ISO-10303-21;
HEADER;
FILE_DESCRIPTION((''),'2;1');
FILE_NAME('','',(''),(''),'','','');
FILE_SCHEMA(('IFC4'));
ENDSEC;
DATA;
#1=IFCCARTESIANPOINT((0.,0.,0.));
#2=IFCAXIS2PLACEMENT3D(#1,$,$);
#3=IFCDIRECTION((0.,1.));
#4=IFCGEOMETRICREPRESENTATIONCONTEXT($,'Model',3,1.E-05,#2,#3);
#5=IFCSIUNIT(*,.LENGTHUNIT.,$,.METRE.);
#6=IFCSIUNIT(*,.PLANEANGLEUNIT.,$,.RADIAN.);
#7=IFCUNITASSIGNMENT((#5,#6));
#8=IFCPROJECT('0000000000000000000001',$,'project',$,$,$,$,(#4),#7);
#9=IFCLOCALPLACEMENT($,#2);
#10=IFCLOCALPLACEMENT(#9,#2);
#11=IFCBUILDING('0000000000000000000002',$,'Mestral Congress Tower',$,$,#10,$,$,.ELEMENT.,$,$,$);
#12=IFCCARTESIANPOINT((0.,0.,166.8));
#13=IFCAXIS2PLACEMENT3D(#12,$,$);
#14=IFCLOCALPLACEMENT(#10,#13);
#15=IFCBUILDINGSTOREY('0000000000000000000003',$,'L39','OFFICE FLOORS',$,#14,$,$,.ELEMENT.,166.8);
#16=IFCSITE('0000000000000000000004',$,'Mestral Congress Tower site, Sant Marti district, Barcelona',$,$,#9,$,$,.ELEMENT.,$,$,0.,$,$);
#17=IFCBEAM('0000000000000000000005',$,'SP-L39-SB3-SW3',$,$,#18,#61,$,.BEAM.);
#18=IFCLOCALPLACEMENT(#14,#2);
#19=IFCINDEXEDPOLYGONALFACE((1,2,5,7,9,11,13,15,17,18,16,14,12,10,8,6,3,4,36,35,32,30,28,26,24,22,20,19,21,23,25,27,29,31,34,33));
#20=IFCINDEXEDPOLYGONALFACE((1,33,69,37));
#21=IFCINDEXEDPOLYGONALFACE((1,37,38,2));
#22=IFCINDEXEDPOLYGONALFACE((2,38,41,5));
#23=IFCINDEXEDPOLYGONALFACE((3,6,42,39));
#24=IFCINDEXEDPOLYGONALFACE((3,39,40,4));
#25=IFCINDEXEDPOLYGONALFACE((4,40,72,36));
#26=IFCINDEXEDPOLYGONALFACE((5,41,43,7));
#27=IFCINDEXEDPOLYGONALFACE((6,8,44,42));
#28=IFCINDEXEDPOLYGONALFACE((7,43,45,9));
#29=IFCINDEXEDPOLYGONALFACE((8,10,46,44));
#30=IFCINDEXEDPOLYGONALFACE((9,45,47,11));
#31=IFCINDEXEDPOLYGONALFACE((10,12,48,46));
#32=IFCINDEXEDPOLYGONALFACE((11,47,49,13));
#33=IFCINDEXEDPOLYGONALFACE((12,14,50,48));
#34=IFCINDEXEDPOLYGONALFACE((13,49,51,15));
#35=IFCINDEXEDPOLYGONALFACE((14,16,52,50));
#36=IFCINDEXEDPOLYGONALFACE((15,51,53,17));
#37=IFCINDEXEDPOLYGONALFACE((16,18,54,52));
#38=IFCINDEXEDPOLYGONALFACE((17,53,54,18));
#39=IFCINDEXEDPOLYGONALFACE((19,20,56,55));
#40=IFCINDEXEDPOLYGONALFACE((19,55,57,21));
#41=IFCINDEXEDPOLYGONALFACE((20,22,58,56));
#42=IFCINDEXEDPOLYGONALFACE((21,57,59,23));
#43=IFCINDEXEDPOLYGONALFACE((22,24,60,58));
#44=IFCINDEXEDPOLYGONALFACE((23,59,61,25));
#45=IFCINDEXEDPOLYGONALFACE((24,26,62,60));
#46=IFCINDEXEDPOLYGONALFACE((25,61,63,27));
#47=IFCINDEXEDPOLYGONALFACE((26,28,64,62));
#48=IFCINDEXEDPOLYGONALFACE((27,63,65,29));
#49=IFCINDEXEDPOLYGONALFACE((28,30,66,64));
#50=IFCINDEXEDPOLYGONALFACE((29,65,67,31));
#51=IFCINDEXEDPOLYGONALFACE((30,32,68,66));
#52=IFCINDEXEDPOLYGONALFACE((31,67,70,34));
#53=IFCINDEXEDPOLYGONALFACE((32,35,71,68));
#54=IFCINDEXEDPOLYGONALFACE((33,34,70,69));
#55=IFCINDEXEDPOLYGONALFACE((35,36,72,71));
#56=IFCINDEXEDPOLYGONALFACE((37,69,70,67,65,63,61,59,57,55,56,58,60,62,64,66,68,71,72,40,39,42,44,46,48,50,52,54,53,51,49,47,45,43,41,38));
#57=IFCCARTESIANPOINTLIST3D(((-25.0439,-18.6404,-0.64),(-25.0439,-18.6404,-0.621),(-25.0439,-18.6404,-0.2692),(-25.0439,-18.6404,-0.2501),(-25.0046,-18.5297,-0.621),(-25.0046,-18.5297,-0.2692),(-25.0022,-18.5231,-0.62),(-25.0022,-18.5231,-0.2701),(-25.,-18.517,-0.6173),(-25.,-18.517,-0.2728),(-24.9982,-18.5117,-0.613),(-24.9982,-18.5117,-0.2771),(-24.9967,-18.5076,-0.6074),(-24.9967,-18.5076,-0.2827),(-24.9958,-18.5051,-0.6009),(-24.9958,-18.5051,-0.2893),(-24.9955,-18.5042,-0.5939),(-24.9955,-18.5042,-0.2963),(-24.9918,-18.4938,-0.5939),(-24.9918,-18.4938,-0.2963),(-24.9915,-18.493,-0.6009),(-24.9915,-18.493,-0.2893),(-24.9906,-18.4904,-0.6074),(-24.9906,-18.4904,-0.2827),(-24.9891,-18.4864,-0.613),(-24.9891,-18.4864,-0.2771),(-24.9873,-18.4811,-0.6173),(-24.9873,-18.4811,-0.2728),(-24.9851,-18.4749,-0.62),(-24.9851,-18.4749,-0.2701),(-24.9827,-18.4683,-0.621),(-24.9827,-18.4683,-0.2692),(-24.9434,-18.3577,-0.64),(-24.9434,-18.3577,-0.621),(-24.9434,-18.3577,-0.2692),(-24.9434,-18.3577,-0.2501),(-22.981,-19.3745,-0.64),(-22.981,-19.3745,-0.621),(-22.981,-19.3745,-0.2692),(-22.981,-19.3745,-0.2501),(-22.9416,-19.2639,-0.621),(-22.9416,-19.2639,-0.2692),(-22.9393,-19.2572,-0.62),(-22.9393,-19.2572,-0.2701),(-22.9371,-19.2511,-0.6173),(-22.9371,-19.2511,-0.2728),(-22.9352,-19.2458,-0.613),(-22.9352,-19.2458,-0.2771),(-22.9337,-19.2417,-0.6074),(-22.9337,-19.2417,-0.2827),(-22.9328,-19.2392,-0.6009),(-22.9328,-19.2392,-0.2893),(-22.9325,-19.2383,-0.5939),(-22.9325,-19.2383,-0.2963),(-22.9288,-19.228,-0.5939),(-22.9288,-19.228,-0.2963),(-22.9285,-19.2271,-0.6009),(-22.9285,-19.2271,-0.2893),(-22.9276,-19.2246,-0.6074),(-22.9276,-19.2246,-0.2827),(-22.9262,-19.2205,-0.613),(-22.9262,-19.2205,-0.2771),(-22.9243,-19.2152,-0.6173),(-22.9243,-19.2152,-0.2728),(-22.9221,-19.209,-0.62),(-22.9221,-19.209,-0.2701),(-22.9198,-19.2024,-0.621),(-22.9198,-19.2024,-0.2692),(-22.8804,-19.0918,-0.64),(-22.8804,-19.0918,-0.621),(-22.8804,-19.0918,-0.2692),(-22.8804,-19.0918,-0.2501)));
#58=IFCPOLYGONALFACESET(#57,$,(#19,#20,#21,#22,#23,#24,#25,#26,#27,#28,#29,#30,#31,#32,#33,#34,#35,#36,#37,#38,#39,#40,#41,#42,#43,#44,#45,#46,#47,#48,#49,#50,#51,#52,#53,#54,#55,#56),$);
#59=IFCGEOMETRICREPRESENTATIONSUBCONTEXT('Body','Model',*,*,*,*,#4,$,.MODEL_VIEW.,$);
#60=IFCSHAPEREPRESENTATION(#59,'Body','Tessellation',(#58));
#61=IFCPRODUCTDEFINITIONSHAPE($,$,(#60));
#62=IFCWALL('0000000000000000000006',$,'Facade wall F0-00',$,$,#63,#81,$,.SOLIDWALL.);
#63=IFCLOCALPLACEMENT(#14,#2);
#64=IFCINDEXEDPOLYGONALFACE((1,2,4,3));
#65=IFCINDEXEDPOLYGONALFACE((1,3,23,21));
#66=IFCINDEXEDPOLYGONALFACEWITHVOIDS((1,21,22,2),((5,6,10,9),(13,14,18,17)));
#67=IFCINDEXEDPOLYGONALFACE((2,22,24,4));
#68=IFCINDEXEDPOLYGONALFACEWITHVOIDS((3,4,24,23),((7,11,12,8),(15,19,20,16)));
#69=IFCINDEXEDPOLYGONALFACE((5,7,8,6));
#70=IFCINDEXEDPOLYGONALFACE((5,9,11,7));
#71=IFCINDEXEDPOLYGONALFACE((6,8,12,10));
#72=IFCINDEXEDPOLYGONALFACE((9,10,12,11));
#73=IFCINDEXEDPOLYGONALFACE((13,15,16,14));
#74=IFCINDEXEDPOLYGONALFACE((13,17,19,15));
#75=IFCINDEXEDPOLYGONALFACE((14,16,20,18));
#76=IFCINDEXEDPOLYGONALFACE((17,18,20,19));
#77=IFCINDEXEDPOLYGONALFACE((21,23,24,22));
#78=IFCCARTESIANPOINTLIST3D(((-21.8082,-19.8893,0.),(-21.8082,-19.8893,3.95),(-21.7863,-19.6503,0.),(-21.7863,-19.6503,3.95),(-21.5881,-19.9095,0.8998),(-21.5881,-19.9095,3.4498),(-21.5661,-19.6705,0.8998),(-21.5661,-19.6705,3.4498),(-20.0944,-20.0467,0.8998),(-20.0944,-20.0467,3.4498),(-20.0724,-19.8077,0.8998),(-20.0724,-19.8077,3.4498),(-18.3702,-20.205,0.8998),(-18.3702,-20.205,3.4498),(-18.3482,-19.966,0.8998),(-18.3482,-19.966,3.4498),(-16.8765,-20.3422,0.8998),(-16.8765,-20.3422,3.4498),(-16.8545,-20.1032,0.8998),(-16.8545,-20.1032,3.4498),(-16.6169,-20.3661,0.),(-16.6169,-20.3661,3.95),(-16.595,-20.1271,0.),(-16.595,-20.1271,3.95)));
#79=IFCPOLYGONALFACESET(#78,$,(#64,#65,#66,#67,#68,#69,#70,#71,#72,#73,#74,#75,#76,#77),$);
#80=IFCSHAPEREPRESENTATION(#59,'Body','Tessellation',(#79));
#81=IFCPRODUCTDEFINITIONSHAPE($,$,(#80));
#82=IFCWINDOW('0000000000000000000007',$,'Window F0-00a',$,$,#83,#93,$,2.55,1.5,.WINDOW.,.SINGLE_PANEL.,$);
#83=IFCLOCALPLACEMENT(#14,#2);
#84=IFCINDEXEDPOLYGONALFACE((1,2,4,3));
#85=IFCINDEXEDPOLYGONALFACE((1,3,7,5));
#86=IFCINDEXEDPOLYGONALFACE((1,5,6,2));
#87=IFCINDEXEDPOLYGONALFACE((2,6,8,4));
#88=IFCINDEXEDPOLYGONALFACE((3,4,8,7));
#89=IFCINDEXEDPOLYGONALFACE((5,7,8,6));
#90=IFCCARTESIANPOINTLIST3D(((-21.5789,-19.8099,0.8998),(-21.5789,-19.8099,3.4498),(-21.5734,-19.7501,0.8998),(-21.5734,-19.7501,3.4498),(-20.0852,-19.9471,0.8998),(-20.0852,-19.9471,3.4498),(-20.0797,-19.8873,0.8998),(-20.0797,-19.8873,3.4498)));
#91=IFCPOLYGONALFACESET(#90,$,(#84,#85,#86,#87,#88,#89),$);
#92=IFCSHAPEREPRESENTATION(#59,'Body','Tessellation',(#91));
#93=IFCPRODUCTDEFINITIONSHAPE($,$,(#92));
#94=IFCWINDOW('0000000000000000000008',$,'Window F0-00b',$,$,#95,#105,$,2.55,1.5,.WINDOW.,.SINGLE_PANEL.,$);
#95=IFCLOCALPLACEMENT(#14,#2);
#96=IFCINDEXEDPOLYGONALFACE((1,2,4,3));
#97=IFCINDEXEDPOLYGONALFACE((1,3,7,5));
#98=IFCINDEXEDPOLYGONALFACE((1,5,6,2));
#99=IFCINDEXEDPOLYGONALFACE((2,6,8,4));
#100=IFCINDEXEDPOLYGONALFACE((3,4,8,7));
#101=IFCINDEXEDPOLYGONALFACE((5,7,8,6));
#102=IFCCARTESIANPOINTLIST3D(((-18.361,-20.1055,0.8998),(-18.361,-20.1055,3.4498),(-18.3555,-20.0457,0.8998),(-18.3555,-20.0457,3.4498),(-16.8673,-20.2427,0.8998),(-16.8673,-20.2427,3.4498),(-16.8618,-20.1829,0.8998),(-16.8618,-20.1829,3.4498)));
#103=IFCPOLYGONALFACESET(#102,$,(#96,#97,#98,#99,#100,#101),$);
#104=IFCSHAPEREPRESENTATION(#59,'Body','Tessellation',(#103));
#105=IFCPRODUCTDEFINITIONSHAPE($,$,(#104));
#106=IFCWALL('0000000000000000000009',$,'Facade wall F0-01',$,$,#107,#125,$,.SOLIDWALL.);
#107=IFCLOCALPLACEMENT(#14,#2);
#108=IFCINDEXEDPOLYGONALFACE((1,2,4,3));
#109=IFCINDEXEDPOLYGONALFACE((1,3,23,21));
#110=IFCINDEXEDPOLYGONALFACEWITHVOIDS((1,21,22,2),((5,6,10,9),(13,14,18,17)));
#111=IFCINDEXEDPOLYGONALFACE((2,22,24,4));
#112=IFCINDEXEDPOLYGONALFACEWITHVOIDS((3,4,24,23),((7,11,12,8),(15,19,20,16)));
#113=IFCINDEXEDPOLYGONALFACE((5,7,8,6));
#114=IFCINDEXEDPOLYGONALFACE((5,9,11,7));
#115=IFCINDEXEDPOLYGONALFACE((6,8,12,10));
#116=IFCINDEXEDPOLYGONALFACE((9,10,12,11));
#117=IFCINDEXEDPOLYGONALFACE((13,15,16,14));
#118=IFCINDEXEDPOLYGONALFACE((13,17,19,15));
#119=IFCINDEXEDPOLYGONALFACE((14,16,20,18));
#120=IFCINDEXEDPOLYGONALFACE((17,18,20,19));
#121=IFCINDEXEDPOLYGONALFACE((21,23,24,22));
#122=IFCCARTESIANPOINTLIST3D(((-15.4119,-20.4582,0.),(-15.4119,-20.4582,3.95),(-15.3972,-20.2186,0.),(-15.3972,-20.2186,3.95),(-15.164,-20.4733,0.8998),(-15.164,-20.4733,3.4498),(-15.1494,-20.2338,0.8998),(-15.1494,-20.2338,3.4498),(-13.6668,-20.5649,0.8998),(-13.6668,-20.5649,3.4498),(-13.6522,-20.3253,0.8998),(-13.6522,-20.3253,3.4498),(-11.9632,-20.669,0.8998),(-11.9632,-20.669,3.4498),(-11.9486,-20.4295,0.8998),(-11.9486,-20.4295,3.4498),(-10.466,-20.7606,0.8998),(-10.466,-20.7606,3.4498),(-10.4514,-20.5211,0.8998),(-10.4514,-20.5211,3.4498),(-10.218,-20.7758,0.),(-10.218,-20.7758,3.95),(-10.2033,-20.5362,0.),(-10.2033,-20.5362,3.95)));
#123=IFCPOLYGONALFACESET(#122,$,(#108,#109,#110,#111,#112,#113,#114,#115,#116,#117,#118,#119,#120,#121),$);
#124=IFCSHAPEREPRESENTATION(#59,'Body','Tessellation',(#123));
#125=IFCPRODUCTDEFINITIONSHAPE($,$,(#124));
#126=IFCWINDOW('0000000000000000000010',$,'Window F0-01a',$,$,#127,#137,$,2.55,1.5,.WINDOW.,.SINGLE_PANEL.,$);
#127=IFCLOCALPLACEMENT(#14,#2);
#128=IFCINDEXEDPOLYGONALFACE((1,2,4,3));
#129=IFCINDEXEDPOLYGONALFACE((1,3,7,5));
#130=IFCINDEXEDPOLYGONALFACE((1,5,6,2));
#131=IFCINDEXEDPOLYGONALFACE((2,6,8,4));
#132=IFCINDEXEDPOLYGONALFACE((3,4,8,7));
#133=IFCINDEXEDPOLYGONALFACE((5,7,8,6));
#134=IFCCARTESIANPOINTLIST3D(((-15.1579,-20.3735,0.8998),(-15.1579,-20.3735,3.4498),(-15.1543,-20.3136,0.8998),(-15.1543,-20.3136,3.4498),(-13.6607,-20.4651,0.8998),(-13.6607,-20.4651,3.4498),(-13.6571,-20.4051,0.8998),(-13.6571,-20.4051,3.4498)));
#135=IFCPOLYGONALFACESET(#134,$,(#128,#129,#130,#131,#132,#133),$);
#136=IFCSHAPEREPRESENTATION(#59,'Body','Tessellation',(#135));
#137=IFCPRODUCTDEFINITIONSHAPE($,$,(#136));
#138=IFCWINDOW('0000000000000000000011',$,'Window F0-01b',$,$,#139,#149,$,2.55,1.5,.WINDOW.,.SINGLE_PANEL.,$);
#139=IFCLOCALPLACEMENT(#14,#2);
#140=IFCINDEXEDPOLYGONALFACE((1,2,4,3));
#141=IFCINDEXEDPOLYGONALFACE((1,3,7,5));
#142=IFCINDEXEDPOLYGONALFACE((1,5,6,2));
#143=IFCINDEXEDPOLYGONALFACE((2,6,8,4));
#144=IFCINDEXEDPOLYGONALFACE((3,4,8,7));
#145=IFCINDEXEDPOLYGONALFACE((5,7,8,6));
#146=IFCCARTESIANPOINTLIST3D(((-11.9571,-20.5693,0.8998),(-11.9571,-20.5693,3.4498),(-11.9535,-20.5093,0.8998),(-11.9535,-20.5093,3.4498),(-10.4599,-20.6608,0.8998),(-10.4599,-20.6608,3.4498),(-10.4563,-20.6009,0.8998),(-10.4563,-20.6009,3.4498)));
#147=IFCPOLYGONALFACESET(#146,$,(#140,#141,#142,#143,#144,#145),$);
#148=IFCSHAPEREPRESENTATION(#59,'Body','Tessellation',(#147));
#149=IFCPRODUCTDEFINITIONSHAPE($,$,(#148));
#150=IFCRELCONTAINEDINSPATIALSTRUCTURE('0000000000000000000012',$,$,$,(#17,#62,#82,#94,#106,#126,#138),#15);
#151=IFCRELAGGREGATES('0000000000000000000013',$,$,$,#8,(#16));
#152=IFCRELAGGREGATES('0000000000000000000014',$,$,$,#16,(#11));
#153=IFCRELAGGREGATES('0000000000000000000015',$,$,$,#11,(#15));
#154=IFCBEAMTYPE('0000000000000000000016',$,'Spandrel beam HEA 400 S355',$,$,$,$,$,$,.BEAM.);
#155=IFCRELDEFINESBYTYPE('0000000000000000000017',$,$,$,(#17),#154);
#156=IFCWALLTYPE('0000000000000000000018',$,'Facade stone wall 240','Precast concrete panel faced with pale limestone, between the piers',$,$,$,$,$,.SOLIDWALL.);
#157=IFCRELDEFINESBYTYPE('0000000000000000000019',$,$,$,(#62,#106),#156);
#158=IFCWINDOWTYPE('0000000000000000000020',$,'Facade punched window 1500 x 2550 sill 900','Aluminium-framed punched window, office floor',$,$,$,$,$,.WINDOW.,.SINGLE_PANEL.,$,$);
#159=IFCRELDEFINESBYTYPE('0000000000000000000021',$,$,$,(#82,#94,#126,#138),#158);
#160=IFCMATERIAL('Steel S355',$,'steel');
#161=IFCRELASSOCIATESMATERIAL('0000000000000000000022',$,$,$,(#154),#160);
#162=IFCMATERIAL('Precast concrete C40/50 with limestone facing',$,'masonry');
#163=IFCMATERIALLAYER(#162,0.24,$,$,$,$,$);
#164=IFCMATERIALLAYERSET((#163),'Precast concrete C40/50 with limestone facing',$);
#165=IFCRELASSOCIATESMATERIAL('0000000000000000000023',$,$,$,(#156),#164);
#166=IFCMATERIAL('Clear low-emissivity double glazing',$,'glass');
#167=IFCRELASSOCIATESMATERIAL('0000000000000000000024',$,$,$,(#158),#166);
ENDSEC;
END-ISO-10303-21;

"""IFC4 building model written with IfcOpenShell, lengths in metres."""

from ifc_helpers import new_model, si_unit, direction, frame, frame_2d, origin, origin_2d, place, context, subcontext, project, spatial, rectangle, i_section, extrude, material, layer, layer_set, material_profile, profile_set, type_object, element, fill, save


model = new_model("IFC4")

# Units and contexts
model_context = context("Model", 3, precision=1e-05, world=origin(), true_north=direction((0.0, 1.0)))
body_context = subcontext(model_context, "Body", "Model", "MODEL_VIEW")
ifc_project = project(units=[si_unit("LENGTHUNIT", "METRE"), si_unit("PLANEANGLEUNIT", "RADIAN")], contexts=[model_context])

# Site, building, storey
site_placement = place(None, origin())
site = spatial("IfcSite", under=ifc_project, at=site_placement, Name="Mestral Congress Tower site, Sant Marti district, Barcelona", CompositionType="ELEMENT", RefElevation=0.0)
building_placement = place(site_placement, origin())
building = spatial("IfcBuilding", under=site, at=building_placement, Name="Mestral Congress Tower", CompositionType="ELEMENT")
storey_placement = place(building_placement, frame((0.0, 0.0, 166.8)))
storey = spatial("IfcBuildingStorey", under=building, at=storey_placement, Name="L39", Description="OFFICE FLOORS", CompositionType="ELEMENT", Elevation=166.8)

# Beam
ifc_material_1 = material(Name="Steel S355", Category="steel")
ifc_material_profile_1 = material_profile(ifc_material_1, i_section(OverallWidth=0.3, OverallDepth=0.3899, WebThickness=0.011, FlangeThickness=0.019, FilletRadius=0.0271, at=origin_2d()), Name="HEA 400")
ifc_profile_set_1 = profile_set([ifc_material_profile_1], Name="Steel S355")
beam_type_1 = type_object("IfcBeamType", Name="Spandrel beam HEA 400 S355", PredefinedType="BEAM", material=ifc_profile_set_1)
beam_1_placement = place(storey_placement, frame((-24.9937, -18.499, -0.4451), z_axis=(0.942125, -0.335263, 0.0), x_axis=(0.335263, 0.942125, 0.0)))
element("IfcBeam", 1, at=beam_1_placement, inside=storey, type_object=beam_type_1, Name="SP-L39-SB3-SW3", PredefinedType="BEAM", context=body_context, shape_type="SweptSolid", body=[
    extrude(i_section(OverallWidth=0.3, OverallDepth=0.3899, WebThickness=0.011, FlangeThickness=0.019, FilletRadius=0.0271, at=origin_2d()), origin(), (0.0, 0.0, 1.0), 2.1897),
])

# Walls, openings, windows
ifc_material_2 = material(Name="Precast concrete C40/50 with limestone facing", Category="masonry")
ifc_layer_1 = layer(ifc_material_2, 0.24)
ifc_layer_set_1 = layer_set([ifc_layer_1], Name="Precast concrete C40/50 with limestone facing")
wall_type_1 = type_object("IfcWallType", Name="Facade stone wall 240", Description="Precast concrete panel faced with pale limestone, between the piers", PredefinedType="SOLIDWALL", material=ifc_layer_set_1)
wall_1_placement = place(storey_placement, frame((-21.7971, -19.7698, 0.0), z_axis=(0.0, 0.0, 1.0), x_axis=(0.995809, -0.09146, 0.0)))
wall_1 = element("IfcWall", 2, at=wall_1_placement, inside=storey, type_object=wall_type_1, Name="Facade wall F0-00", PredefinedType="SOLIDWALL", context=body_context, shape_type="SweptSolid", body=[
    extrude(rectangle(XDim=5.2131, YDim=0.24, at=frame_2d((2.6064, 0.0))), origin(), (0.0, 0.0, 1.0), 3.95),
])
opening_1_placement = place(wall_1_placement, frame((0.2209, 0.0, 0.8999)))
opening_1 = element("IfcOpeningElement", 3, at=opening_1_placement, cuts=wall_1, PredefinedType="OPENING", context=body_context, shape_type="SweptSolid", body=[
    extrude(rectangle(XDim=1.5, YDim=2.55, at=frame_2d((0.75, 1.2749))), frame((0.0, 0.1299, 0.0), z_axis=(0.0, -1.0, 0.0), x_axis=(1.0, 0.0, 0.0)), (0.0, 0.0, 1.0), 0.26),
])
opening_2_placement = place(wall_1_placement, frame((3.4524, 0.0, 0.8999)))
opening_2 = element("IfcOpeningElement", 4, at=opening_2_placement, cuts=wall_1, PredefinedType="OPENING", context=body_context, shape_type="SweptSolid", body=[
    extrude(rectangle(XDim=1.5, YDim=2.55, at=frame_2d((0.75, 1.2749))), frame((0.0, 0.1299, 0.0), z_axis=(0.0, -1.0, 0.0), x_axis=(1.0, 0.0, 0.0)), (0.0, 0.0, 1.0), 0.26),
])
ifc_material_3 = material(Name="Clear low-emissivity double glazing", Category="glass")
window_type_1 = type_object("IfcWindowType", Name="Facade punched window 1500 x 2550 sill 900", Description="Aluminium-framed punched window, office floor", PartitioningType="SINGLE_PANEL", PredefinedType="WINDOW", material=ifc_material_3)
window_1_placement = place(opening_1_placement, origin())
window_1 = element("IfcWindow", 5, at=window_1_placement, inside=storey, type_object=window_type_1, Name="Window F0-00a", OverallHeight=2.55, OverallWidth=1.5, PartitioningType="SINGLE_PANEL", PredefinedType="WINDOW", context=body_context, shape_type="SweptSolid", body=[
    extrude(rectangle(XDim=1.5, YDim=2.55, at=frame_2d((0.75, 1.2749))), frame((0.0, 0.04, 0.0), z_axis=(0.0, -1.0, 0.0), x_axis=(1.0, 0.0, 0.0)), (0.0, 0.0, 1.0), 0.0601),
])
fill(opening_1, window_1)
window_2_placement = place(opening_2_placement, origin())
window_2 = element("IfcWindow", 6, at=window_2_placement, inside=storey, type_object=window_type_1, Name="Window F0-00b", OverallHeight=2.55, OverallWidth=1.5, PartitioningType="SINGLE_PANEL", PredefinedType="WINDOW", context=body_context, shape_type="SweptSolid", body=[
    extrude(rectangle(XDim=1.5, YDim=2.55, at=frame_2d((0.75, 1.2749))), frame((0.0, 0.04, 0.0), z_axis=(0.0, -1.0, 0.0), x_axis=(1.0, 0.0, 0.0)), (0.0, 0.0, 1.0), 0.0601),
])
fill(opening_2, window_2)
wall_2_placement = place(storey_placement, frame((-15.4045, -20.3384, 0.0), z_axis=(0.0, 0.0, 1.0), x_axis=(0.998135, -0.06104, 0.0)))
wall_2 = element("IfcWall", 7, at=wall_2_placement, inside=storey, type_object=wall_type_1, Name="Facade wall F0-01", PredefinedType="SOLIDWALL", context=body_context, shape_type="SweptSolid", body=[
    extrude(rectangle(XDim=5.2036, YDim=0.24, at=frame_2d((2.6018, 0.0))), origin(), (0.0, 0.0, 1.0), 3.95),
])
opening_3_placement = place(wall_2_placement, frame((0.2483, 0.0, 0.8999)))
opening_3 = element("IfcOpeningElement", 8, at=opening_3_placement, cuts=wall_2, PredefinedType="OPENING", context=body_context, shape_type="SweptSolid", body=[
    extrude(rectangle(XDim=1.5, YDim=2.55, at=frame_2d((0.75, 1.2749))), frame((0.0, 0.1299, 0.0), z_axis=(0.0, -1.0, 0.0), x_axis=(1.0, 0.0, 0.0)), (0.0, 0.0, 1.0), 0.26),
])
opening_4_placement = place(wall_2_placement, frame((3.4551, 0.0, 0.8999)))
opening_4 = element("IfcOpeningElement", 9, at=opening_4_placement, cuts=wall_2, PredefinedType="OPENING", context=body_context, shape_type="SweptSolid", body=[
    extrude(rectangle(XDim=1.5, YDim=2.55, at=frame_2d((0.75, 1.2749))), frame((0.0, 0.1299, 0.0), z_axis=(0.0, -1.0, 0.0), x_axis=(1.0, 0.0, 0.0)), (0.0, 0.0, 1.0), 0.26),
])
window_3_placement = place(opening_3_placement, origin())
window_3 = element("IfcWindow", 10, at=window_3_placement, inside=storey, type_object=window_type_1, Name="Window F0-01a", OverallHeight=2.55, OverallWidth=1.5, PartitioningType="SINGLE_PANEL", PredefinedType="WINDOW", context=body_context, shape_type="SweptSolid", body=[
    extrude(rectangle(XDim=1.5, YDim=2.55, at=frame_2d((0.75, 1.2749))), frame((0.0, 0.04, 0.0), z_axis=(0.0, -1.0, 0.0), x_axis=(1.0, 0.0, 0.0)), (0.0, 0.0, 1.0), 0.0601),
])
fill(opening_3, window_3)
window_4_placement = place(opening_4_placement, origin())
window_4 = element("IfcWindow", 11, at=window_4_placement, inside=storey, type_object=window_type_1, Name="Window F0-01b", OverallHeight=2.55, OverallWidth=1.5, PartitioningType="SINGLE_PANEL", PredefinedType="WINDOW", context=body_context, shape_type="SweptSolid", body=[
    extrude(rectangle(XDim=1.5, YDim=2.55, at=frame_2d((0.75, 1.2749))), frame((0.0, 0.04, 0.0), z_axis=(0.0, -1.0, 0.0), x_axis=(1.0, 0.0, 0.0)), (0.0, 0.0, 1.0), 0.0601),
])
fill(opening_4, window_4)

save(model, "model.ifc")
